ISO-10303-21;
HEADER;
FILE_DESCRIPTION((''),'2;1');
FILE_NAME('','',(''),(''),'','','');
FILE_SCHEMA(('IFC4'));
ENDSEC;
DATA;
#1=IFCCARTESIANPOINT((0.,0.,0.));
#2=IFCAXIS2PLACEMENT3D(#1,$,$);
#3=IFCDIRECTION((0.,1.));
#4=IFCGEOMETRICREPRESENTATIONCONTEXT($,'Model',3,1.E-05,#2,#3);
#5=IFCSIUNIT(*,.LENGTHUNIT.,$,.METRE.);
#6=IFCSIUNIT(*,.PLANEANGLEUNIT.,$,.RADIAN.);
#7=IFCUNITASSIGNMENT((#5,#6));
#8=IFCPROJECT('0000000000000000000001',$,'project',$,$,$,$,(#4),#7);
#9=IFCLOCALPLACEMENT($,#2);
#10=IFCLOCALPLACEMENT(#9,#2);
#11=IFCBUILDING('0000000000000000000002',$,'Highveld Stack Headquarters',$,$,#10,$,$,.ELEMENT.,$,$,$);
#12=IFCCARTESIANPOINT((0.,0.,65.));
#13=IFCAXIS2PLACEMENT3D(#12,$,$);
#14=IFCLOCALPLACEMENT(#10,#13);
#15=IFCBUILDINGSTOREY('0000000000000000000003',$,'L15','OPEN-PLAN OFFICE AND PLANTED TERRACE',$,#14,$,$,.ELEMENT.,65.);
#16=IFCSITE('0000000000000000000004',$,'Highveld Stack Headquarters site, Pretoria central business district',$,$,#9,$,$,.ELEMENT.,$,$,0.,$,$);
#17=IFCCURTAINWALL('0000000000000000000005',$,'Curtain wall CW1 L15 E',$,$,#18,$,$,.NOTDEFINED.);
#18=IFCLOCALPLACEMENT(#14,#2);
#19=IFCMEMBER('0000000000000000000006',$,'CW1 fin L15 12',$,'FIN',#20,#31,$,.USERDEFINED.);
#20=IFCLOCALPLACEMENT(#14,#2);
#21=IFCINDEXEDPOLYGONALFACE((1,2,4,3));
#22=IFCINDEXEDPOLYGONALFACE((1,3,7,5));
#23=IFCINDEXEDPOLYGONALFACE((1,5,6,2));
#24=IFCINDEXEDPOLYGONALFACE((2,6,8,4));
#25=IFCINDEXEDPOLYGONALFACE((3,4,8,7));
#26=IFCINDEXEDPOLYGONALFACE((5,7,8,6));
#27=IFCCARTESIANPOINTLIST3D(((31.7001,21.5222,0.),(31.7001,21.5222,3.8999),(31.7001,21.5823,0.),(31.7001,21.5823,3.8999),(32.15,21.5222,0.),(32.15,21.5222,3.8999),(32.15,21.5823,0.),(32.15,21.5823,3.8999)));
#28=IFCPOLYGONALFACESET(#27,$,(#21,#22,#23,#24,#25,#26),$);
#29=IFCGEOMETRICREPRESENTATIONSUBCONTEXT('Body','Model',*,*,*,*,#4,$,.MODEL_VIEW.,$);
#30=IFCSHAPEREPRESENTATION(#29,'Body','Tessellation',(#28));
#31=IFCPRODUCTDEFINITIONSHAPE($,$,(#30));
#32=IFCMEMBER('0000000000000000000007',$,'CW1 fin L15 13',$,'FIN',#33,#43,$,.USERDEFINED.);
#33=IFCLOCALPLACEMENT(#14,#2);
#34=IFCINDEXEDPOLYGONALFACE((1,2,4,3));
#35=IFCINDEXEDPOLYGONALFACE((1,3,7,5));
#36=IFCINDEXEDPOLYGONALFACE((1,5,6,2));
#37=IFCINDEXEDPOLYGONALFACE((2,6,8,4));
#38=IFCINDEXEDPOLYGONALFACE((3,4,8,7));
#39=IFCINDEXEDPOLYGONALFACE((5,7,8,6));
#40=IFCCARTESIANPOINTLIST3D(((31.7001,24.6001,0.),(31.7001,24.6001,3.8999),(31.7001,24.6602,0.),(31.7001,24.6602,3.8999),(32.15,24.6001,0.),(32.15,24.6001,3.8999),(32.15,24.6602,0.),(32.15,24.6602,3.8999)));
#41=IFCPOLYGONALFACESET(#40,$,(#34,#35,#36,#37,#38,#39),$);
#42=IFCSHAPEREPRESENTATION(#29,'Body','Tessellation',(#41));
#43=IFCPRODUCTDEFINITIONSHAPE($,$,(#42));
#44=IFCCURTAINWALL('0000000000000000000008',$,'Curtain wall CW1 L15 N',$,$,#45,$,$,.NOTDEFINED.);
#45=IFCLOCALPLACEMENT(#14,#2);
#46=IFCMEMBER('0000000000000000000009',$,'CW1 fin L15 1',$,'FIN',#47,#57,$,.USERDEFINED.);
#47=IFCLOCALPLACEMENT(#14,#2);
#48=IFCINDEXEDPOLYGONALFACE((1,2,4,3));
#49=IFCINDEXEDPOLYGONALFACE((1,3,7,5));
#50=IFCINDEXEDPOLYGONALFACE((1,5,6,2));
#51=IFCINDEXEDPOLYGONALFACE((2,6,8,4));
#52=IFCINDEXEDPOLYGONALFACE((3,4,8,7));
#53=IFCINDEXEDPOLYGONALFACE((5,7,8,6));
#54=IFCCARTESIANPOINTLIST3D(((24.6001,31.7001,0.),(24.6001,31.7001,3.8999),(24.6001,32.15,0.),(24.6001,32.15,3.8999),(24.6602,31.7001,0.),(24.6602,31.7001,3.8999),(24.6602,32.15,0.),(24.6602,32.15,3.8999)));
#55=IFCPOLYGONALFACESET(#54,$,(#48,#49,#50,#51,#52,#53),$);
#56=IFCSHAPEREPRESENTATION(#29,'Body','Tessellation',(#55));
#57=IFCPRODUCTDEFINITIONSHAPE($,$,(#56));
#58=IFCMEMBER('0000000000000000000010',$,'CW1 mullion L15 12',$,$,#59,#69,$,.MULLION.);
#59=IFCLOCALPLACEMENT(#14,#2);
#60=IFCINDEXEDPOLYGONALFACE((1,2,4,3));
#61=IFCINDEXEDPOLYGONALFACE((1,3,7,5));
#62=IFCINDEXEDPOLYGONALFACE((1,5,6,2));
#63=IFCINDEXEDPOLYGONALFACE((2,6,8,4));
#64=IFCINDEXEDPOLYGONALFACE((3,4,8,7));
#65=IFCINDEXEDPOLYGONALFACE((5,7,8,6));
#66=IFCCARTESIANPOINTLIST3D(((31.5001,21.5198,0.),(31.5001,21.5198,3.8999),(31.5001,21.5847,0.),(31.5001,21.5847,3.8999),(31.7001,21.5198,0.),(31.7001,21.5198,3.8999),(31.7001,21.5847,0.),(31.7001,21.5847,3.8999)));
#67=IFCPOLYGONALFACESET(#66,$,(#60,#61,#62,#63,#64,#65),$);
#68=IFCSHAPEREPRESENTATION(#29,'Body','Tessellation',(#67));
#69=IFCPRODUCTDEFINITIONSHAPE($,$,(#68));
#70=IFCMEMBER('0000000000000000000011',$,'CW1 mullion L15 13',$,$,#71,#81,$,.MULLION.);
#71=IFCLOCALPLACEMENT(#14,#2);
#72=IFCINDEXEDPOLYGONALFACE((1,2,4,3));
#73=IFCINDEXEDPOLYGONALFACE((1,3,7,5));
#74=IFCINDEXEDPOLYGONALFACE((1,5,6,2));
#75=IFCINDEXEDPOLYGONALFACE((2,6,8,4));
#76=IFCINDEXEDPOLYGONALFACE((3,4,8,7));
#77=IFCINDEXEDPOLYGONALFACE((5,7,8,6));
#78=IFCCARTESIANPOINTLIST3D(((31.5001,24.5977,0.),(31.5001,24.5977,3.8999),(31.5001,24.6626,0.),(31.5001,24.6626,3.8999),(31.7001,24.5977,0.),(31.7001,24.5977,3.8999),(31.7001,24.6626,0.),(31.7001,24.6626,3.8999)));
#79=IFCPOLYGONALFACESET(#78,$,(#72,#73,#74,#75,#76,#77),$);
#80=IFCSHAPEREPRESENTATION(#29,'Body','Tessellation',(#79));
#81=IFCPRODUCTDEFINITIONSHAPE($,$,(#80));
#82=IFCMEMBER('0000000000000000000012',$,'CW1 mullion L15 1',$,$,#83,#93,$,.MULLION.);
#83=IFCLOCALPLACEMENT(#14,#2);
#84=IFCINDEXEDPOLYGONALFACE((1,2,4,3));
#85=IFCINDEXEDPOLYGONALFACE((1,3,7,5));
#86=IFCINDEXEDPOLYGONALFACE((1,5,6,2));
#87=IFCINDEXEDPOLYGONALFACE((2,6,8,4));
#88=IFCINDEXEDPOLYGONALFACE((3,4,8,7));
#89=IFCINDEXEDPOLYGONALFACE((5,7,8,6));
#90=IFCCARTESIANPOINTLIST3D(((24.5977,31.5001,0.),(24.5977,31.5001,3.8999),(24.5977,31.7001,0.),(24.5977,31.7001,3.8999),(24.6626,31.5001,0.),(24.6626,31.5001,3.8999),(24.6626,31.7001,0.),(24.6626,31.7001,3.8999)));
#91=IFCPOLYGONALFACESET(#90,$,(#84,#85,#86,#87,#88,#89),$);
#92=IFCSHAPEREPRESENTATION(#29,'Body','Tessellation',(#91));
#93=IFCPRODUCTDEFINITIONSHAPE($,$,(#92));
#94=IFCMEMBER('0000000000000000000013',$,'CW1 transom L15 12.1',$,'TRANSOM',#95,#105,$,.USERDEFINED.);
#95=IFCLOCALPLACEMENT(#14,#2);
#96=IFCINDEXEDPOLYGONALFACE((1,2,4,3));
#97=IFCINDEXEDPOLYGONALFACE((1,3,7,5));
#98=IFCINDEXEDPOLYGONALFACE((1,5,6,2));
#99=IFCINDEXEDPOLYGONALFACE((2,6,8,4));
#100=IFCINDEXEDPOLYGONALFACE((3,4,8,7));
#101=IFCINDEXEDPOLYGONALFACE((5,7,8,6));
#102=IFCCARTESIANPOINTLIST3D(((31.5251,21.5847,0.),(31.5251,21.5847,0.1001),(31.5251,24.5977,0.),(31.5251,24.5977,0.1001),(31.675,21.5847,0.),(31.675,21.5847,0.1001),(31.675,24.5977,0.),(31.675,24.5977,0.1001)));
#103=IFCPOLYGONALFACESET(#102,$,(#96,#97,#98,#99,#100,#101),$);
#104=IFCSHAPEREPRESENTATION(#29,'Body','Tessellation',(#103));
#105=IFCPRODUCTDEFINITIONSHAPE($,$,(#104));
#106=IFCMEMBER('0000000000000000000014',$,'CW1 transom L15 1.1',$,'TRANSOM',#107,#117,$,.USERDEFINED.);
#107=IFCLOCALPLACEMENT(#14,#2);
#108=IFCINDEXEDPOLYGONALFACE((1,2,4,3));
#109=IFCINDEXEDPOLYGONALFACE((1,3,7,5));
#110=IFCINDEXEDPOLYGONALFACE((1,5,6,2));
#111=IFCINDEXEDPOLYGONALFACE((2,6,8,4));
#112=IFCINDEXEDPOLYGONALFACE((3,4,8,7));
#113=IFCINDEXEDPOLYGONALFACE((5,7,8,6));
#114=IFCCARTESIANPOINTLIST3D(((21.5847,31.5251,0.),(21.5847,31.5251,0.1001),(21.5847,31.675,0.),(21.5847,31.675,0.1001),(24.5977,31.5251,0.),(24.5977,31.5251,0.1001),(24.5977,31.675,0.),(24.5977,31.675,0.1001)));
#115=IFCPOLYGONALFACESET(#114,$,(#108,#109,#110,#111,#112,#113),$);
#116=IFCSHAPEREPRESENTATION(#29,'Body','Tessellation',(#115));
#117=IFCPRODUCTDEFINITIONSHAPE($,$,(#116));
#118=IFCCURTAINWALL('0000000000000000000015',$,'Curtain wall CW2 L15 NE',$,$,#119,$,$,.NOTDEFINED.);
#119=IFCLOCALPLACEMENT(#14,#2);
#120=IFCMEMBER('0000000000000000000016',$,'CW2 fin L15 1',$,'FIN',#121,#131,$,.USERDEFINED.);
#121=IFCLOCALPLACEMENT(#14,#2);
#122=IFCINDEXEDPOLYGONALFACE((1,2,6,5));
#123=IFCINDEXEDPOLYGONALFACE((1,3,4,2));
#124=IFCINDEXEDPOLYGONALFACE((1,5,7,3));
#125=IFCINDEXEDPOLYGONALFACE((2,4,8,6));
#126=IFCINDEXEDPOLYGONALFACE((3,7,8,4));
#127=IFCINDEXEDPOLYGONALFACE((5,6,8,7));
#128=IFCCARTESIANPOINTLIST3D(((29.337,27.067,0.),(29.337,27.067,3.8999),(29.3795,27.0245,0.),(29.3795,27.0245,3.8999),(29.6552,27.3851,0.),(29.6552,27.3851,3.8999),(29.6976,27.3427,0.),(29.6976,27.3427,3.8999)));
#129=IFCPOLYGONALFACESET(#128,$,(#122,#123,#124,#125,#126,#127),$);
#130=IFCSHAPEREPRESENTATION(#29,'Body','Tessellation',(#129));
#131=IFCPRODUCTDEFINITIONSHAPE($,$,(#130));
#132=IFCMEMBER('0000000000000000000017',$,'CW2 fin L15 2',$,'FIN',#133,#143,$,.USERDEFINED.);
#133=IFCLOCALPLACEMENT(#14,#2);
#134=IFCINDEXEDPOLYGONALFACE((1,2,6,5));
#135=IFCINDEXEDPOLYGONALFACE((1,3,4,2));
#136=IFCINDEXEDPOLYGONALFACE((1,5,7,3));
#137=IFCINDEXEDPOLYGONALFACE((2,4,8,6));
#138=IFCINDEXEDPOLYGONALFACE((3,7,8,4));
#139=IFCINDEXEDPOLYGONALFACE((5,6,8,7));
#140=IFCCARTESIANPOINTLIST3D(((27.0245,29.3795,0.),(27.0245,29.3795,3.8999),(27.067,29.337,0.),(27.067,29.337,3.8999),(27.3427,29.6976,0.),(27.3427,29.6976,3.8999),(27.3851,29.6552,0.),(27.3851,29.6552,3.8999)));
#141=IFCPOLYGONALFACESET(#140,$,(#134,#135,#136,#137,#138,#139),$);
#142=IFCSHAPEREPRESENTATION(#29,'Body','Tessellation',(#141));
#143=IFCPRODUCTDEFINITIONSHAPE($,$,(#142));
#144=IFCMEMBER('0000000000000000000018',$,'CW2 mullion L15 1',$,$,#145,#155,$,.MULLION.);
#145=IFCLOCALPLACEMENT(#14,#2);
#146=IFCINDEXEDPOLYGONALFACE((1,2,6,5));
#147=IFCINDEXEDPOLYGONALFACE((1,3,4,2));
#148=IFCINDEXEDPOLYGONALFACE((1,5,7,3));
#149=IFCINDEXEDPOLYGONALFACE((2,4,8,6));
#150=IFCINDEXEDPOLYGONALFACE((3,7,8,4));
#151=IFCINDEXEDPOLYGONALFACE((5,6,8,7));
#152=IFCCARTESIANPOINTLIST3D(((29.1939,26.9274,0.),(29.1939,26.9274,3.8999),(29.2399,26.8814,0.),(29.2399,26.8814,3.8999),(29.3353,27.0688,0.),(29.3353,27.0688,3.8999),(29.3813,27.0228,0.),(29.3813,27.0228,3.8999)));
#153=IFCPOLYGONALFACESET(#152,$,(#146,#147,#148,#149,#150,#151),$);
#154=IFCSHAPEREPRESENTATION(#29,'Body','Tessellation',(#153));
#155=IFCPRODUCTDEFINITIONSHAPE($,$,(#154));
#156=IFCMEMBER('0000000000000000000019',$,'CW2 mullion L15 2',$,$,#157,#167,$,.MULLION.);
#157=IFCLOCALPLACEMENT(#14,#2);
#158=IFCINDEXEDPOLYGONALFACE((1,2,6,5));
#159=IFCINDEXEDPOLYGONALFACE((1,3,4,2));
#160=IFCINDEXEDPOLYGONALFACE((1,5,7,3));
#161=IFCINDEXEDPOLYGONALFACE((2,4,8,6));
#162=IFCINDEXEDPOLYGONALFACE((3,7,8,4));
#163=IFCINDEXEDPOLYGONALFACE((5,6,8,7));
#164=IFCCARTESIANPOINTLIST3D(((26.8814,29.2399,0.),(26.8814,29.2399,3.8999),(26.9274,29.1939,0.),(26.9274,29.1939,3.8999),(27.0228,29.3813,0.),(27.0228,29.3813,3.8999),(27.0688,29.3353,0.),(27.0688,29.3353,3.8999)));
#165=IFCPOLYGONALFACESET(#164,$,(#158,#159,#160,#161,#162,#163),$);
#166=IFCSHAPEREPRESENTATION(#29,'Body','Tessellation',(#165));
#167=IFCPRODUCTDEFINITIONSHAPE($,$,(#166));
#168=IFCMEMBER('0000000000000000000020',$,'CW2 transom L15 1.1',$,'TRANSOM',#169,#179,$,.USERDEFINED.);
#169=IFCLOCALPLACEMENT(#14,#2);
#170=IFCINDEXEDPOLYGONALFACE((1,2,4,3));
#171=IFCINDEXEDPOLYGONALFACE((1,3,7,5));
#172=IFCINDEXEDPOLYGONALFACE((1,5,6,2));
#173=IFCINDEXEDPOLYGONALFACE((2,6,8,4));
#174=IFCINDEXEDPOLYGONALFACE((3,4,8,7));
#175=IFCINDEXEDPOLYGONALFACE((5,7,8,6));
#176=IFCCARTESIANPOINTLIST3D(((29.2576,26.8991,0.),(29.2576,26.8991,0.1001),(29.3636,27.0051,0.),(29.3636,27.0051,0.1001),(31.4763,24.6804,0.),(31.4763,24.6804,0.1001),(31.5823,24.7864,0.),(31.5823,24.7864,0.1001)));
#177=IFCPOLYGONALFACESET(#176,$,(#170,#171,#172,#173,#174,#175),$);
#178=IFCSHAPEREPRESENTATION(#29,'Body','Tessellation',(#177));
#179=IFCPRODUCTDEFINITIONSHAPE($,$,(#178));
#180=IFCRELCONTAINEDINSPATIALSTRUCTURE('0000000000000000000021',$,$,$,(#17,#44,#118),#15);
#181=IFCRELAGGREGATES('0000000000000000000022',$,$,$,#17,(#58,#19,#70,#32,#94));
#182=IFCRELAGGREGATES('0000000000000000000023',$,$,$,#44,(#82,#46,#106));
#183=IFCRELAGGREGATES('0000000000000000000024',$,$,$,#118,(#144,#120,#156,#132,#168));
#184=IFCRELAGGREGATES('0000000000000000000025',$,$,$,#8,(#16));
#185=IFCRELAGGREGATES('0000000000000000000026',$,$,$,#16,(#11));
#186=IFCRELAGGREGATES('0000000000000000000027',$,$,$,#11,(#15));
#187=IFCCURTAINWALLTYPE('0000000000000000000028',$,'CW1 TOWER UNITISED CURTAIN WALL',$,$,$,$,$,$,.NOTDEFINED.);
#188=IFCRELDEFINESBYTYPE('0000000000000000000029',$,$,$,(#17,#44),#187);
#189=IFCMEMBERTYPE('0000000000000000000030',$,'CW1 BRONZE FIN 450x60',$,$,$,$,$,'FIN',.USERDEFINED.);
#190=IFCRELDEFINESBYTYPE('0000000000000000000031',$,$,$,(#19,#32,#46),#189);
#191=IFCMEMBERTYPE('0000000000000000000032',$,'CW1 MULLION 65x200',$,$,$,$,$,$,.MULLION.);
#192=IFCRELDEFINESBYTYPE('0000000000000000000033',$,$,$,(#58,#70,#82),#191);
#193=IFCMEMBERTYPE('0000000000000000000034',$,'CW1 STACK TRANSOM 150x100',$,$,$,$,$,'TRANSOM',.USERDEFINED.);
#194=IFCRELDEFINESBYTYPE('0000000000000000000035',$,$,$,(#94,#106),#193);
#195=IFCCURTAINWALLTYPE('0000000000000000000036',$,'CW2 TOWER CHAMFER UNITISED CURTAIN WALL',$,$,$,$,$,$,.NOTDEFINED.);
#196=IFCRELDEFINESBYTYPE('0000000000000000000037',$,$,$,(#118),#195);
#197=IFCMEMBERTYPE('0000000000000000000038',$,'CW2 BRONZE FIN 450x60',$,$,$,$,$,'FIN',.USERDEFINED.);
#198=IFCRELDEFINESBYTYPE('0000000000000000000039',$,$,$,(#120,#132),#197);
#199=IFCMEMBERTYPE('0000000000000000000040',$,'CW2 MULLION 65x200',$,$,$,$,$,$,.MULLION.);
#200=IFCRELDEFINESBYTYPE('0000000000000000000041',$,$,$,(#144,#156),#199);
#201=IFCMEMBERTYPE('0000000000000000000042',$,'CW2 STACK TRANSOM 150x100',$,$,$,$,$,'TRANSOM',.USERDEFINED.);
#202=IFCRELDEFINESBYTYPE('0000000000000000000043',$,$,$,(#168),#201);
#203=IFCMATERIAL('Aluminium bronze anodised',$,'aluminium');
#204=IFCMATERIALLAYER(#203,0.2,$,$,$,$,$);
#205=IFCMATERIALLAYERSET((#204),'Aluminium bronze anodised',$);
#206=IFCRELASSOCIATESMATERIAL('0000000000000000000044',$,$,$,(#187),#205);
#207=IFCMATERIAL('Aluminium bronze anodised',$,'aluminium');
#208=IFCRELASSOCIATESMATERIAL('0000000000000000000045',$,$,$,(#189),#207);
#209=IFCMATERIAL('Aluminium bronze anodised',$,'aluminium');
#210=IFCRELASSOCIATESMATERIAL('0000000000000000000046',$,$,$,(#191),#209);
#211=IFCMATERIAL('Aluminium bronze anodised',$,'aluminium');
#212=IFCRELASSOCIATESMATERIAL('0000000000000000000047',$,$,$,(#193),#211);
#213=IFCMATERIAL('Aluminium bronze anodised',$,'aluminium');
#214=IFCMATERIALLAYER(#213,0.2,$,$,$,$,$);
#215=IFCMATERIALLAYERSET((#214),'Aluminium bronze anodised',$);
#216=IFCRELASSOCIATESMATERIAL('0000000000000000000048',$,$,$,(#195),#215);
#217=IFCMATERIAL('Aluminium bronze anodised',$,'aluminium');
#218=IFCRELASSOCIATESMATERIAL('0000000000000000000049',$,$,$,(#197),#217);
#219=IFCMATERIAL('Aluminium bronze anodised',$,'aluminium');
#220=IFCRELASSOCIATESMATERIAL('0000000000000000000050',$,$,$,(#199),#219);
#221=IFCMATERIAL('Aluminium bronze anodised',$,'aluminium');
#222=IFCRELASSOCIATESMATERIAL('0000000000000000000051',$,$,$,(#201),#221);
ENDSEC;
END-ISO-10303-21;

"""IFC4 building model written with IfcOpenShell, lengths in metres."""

from ifc_helpers import new_model, si_unit, direction, frame, origin, origin_2d, place, context, subcontext, project, spatial, rectangle, extrude, material, layer, layer_set, material_profile, profile_set, type_object, element, aggregate, save


model = new_model("IFC4")

# Units and contexts
model_context = context("Model", 3, precision=1e-05, world=origin(), true_north=direction((0.0, 1.0)))
body_context = subcontext(model_context, "Body", "Model", "MODEL_VIEW")
ifc_project = project(units=[si_unit("LENGTHUNIT", "METRE"), si_unit("PLANEANGLEUNIT", "RADIAN")], contexts=[model_context])

# Site, building, storey
site_placement = place(None, origin())
site = spatial("IfcSite", under=ifc_project, at=site_placement, Name="Highveld Stack Headquarters site, Pretoria central business district", CompositionType="ELEMENT", RefElevation=0.0)
building_placement = place(site_placement, origin())
building = spatial("IfcBuilding", under=site, at=building_placement, Name="Highveld Stack Headquarters", CompositionType="ELEMENT")
storey_placement = place(building_placement, frame((0.0, 0.0, 65.0)))
storey = spatial("IfcBuildingStorey", under=building, at=storey_placement, Name="L15", Description="OPEN-PLAN OFFICE AND PLANTED TERRACE", CompositionType="ELEMENT", Elevation=65.0)

# Curtain wall, members
ifc_material_1 = material(Name="Aluminium bronze anodised", Category="aluminium")
ifc_layer_1 = layer(ifc_material_1, 0.2)
ifc_layer_set_1 = layer_set([ifc_layer_1], Name="Aluminium bronze anodised")
curtain_wall_type_1 = type_object("IfcCurtainWallType", Name="CW1 TOWER UNITISED CURTAIN WALL", PredefinedType="NOTDEFINED", material=ifc_layer_set_1)
curtain_wall_1_placement = place(storey_placement, origin())
curtain_wall_1 = element("IfcCurtainWall", 1, at=curtain_wall_1_placement, inside=storey, type_object=curtain_wall_type_1, Name="Curtain wall CW1 L15 E", PredefinedType="NOTDEFINED")
ifc_material_2 = material(Name="Aluminium bronze anodised", Category="aluminium")
ifc_material_profile_1 = material_profile(ifc_material_2, rectangle(XDim=0.45, YDim=0.0601, at=origin_2d()), Name="FIN 450x60")
ifc_profile_set_1 = profile_set([ifc_material_profile_1], Name="Aluminium bronze anodised")
member_type_1 = type_object("IfcMemberType", Name="CW1 BRONZE FIN 450x60", ElementType="FIN", PredefinedType="USERDEFINED", material=ifc_profile_set_1)
member_1_placement = place(storey_placement, frame((31.925, 21.5522, 0.0), z_axis=(0.0, 0.0, 1.0), x_axis=(-1.0, 0.0, 0.0)))
member_1 = element("IfcMember", 2, at=member_1_placement, type_object=member_type_1, Name="CW1 fin L15 12", ObjectType="FIN", PredefinedType="USERDEFINED", context=body_context, shape_type="SweptSolid", body=[
    extrude(rectangle(XDim=0.45, YDim=0.0601, at=origin_2d()), origin(), (0.0, 0.0, 1.0), 3.8999),
])
member_2_placement = place(storey_placement, frame((31.925, 24.6301, 0.0), z_axis=(0.0, 0.0, 1.0), x_axis=(-1.0, 0.0, 0.0)))
member_2 = element("IfcMember", 3, at=member_2_placement, type_object=member_type_1, Name="CW1 fin L15 13", ObjectType="FIN", PredefinedType="USERDEFINED", context=body_context, shape_type="SweptSolid", body=[
    extrude(rectangle(XDim=0.45, YDim=0.0601, at=origin_2d()), origin(), (0.0, 0.0, 1.0), 3.8999),
])

# Curtain wall, member
curtain_wall_2_placement = place(storey_placement, origin())
curtain_wall_2 = element("IfcCurtainWall", 4, at=curtain_wall_2_placement, inside=storey, type_object=curtain_wall_type_1, Name="Curtain wall CW1 L15 N", PredefinedType="NOTDEFINED")
member_3_placement = place(storey_placement, frame((24.6301, 31.925, 0.0), z_axis=(0.0, 0.0, 1.0), x_axis=(0.0, -1.0, 0.0)))
member_3 = element("IfcMember", 5, at=member_3_placement, type_object=member_type_1, Name="CW1 fin L15 1", ObjectType="FIN", PredefinedType="USERDEFINED", context=body_context, shape_type="SweptSolid", body=[
    extrude(rectangle(XDim=0.45, YDim=0.0601, at=origin_2d()), origin(), (0.0, 0.0, 1.0), 3.8999),
])

# Members
ifc_material_3 = material(Name="Aluminium bronze anodised", Category="aluminium")
ifc_material_profile_2 = material_profile(ifc_material_3, rectangle(XDim=0.2, YDim=0.0649, at=origin_2d()), Name="CW1 MULLION 65x200")
ifc_profile_set_2 = profile_set([ifc_material_profile_2], Name="Aluminium bronze anodised")
member_type_2 = type_object("IfcMemberType", Name="CW1 MULLION 65x200", PredefinedType="MULLION", material=ifc_profile_set_2)
member_4_placement = place(storey_placement, frame((31.6001, 21.5522, 0.0), z_axis=(0.0, 0.0, 1.0), x_axis=(-1.0, 0.0, 0.0)))
member_4 = element("IfcMember", 6, at=member_4_placement, type_object=member_type_2, Name="CW1 mullion L15 12", PredefinedType="MULLION", context=body_context, shape_type="SweptSolid", body=[
    extrude(rectangle(XDim=0.2, YDim=0.0649, at=origin_2d()), origin(), (0.0, 0.0, 1.0), 3.8999),
])
member_5_placement = place(storey_placement, frame((31.6001, 24.6301, 0.0), z_axis=(0.0, 0.0, 1.0), x_axis=(-1.0, 0.0, 0.0)))
member_5 = element("IfcMember", 7, at=member_5_placement, type_object=member_type_2, Name="CW1 mullion L15 13", PredefinedType="MULLION", context=body_context, shape_type="SweptSolid", body=[
    extrude(rectangle(XDim=0.2, YDim=0.0649, at=origin_2d()), origin(), (0.0, 0.0, 1.0), 3.8999),
])
member_6_placement = place(storey_placement, frame((24.6301, 31.6001, 0.0), z_axis=(0.0, 0.0, 1.0), x_axis=(0.0, -1.0, 0.0)))
member_6 = element("IfcMember", 8, at=member_6_placement, type_object=member_type_2, Name="CW1 mullion L15 1", PredefinedType="MULLION", context=body_context, shape_type="SweptSolid", body=[
    extrude(rectangle(XDim=0.2, YDim=0.0649, at=origin_2d()), origin(), (0.0, 0.0, 1.0), 3.8999),
])
ifc_material_4 = material(Name="Aluminium bronze anodised", Category="aluminium")
ifc_material_profile_3 = material_profile(ifc_material_4, rectangle(XDim=0.1499, YDim=0.1001, at=origin_2d()), Name="CW1 TRANSOM 150x100")
ifc_profile_set_3 = profile_set([ifc_material_profile_3], Name="Aluminium bronze anodised")
member_type_3 = type_object("IfcMemberType", Name="CW1 STACK TRANSOM 150x100", ElementType="TRANSOM", PredefinedType="USERDEFINED", material=ifc_profile_set_3)
member_7_placement = place(storey_placement, frame((31.6001, 21.5847, 0.05), z_axis=(0.0, 1.0, 0.0), x_axis=(-1.0, 0.0, 0.0)))
member_7 = element("IfcMember", 9, at=member_7_placement, type_object=member_type_3, Name="CW1 transom L15 12.1", ObjectType="TRANSOM", PredefinedType="USERDEFINED", context=body_context, shape_type="SweptSolid", body=[
    extrude(rectangle(XDim=0.1499, YDim=0.1001, at=origin_2d()), origin(), (0.0, 0.0, 1.0), 3.0129),
])
member_8_placement = place(storey_placement, frame((24.5977, 31.6001, 0.05), z_axis=(-1.0, 0.0, 0.0), x_axis=(0.0, -1.0, 0.0)))
member_8 = element("IfcMember", 10, at=member_8_placement, type_object=member_type_3, Name="CW1 transom L15 1.1", ObjectType="TRANSOM", PredefinedType="USERDEFINED", context=body_context, shape_type="SweptSolid", body=[
    extrude(rectangle(XDim=0.1499, YDim=0.1001, at=origin_2d()), origin(), (0.0, 0.0, 1.0), 3.0129),
])

# Curtain wall, members
ifc_material_5 = material(Name="Aluminium bronze anodised", Category="aluminium")
ifc_layer_2 = layer(ifc_material_5, 0.2)
ifc_layer_set_2 = layer_set([ifc_layer_2], Name="Aluminium bronze anodised")
curtain_wall_type_2 = type_object("IfcCurtainWallType", Name="CW2 TOWER CHAMFER UNITISED CURTAIN WALL", PredefinedType="NOTDEFINED", material=ifc_layer_set_2)
curtain_wall_3_placement = place(storey_placement, origin())
curtain_wall_3 = element("IfcCurtainWall", 11, at=curtain_wall_3_placement, inside=storey, type_object=curtain_wall_type_2, Name="Curtain wall CW2 L15 NE", PredefinedType="NOTDEFINED")
ifc_material_6 = material(Name="Aluminium bronze anodised", Category="aluminium")
ifc_material_profile_4 = material_profile(ifc_material_6, rectangle(XDim=0.45, YDim=0.0601, at=origin_2d()), Name="FIN 450x60")
ifc_profile_set_4 = profile_set([ifc_material_profile_4], Name="Aluminium bronze anodised")
member_type_4 = type_object("IfcMemberType", Name="CW2 BRONZE FIN 450x60", ElementType="FIN", PredefinedType="USERDEFINED", material=ifc_profile_set_4)
member_9_placement = place(storey_placement, frame((29.5173, 27.2048, 0.0), z_axis=(0.0, 0.0, 1.0), x_axis=(-0.707107, -0.707107, 0.0)))
member_9 = element("IfcMember", 12, at=member_9_placement, type_object=member_type_4, Name="CW2 fin L15 1", ObjectType="FIN", PredefinedType="USERDEFINED", context=body_context, shape_type="SweptSolid", body=[
    extrude(rectangle(XDim=0.45, YDim=0.0601, at=origin_2d()), origin(), (0.0, 0.0, 1.0), 3.8999),
])
member_10_placement = place(storey_placement, frame((27.2048, 29.5173, 0.0), z_axis=(0.0, 0.0, 1.0), x_axis=(-0.707107, -0.707107, 0.0)))
member_10 = element("IfcMember", 13, at=member_10_placement, type_object=member_type_4, Name="CW2 fin L15 2", ObjectType="FIN", PredefinedType="USERDEFINED", context=body_context, shape_type="SweptSolid", body=[
    extrude(rectangle(XDim=0.45, YDim=0.0601, at=origin_2d()), origin(), (0.0, 0.0, 1.0), 3.8999),
])
ifc_material_7 = material(Name="Aluminium bronze anodised", Category="aluminium")
ifc_material_profile_5 = material_profile(ifc_material_7, rectangle(XDim=0.2, YDim=0.0649, at=origin_2d()), Name="CW2 MULLION 65x200")
ifc_profile_set_5 = profile_set([ifc_material_profile_5], Name="Aluminium bronze anodised")
member_type_5 = type_object("IfcMemberType", Name="CW2 MULLION 65x200", PredefinedType="MULLION", material=ifc_profile_set_5)
member_11_placement = place(storey_placement, frame((29.2876, 26.9751, 0.0), z_axis=(0.0, 0.0, 1.0), x_axis=(-0.707107, -0.707107, 0.0)))
member_11 = element("IfcMember", 14, at=member_11_placement, type_object=member_type_5, Name="CW2 mullion L15 1", PredefinedType="MULLION", context=body_context, shape_type="SweptSolid", body=[
    extrude(rectangle(XDim=0.2, YDim=0.0649, at=origin_2d()), origin(), (0.0, 0.0, 1.0), 3.8999),
])
member_12_placement = place(storey_placement, frame((26.9751, 29.2876, 0.0), z_axis=(0.0, 0.0, 1.0), x_axis=(-0.707107, -0.707107, 0.0)))
member_12 = element("IfcMember", 15, at=member_12_placement, type_object=member_type_5, Name="CW2 mullion L15 2", PredefinedType="MULLION", context=body_context, shape_type="SweptSolid", body=[
    extrude(rectangle(XDim=0.2, YDim=0.0649, at=origin_2d()), origin(), (0.0, 0.0, 1.0), 3.8999),
])
ifc_material_8 = material(Name="Aluminium bronze anodised", Category="aluminium")
ifc_material_profile_6 = material_profile(ifc_material_8, rectangle(XDim=0.1499, YDim=0.1001, at=origin_2d()), Name="CW2 TRANSOM 150x100")
ifc_profile_set_6 = profile_set([ifc_material_profile_6], Name="Aluminium bronze anodised")
member_type_6 = type_object("IfcMemberType", Name="CW2 STACK TRANSOM 150x100", ElementType="TRANSOM", PredefinedType="USERDEFINED", material=ifc_profile_set_6)
member_13_placement = place(storey_placement, frame((31.5293, 24.7334, 0.05), z_axis=(-0.707107, 0.707107, 0.0), x_axis=(-0.707107, -0.707107, 0.0)))
member_13 = element("IfcMember", 16, at=member_13_placement, type_object=member_type_6, Name="CW2 transom L15 1.1", ObjectType="TRANSOM", PredefinedType="USERDEFINED", context=body_context, shape_type="SweptSolid", body=[
    extrude(rectangle(XDim=0.1499, YDim=0.1001, at=origin_2d()), origin(), (0.0, 0.0, 1.0), 3.1377),
])

aggregate(curtain_wall_1, [member_4, member_1, member_5, member_2, member_7])
aggregate(curtain_wall_2, [member_6, member_3, member_8])
aggregate(curtain_wall_3, [member_11, member_9, member_12, member_10, member_13])

save(model, "model.ifc")
